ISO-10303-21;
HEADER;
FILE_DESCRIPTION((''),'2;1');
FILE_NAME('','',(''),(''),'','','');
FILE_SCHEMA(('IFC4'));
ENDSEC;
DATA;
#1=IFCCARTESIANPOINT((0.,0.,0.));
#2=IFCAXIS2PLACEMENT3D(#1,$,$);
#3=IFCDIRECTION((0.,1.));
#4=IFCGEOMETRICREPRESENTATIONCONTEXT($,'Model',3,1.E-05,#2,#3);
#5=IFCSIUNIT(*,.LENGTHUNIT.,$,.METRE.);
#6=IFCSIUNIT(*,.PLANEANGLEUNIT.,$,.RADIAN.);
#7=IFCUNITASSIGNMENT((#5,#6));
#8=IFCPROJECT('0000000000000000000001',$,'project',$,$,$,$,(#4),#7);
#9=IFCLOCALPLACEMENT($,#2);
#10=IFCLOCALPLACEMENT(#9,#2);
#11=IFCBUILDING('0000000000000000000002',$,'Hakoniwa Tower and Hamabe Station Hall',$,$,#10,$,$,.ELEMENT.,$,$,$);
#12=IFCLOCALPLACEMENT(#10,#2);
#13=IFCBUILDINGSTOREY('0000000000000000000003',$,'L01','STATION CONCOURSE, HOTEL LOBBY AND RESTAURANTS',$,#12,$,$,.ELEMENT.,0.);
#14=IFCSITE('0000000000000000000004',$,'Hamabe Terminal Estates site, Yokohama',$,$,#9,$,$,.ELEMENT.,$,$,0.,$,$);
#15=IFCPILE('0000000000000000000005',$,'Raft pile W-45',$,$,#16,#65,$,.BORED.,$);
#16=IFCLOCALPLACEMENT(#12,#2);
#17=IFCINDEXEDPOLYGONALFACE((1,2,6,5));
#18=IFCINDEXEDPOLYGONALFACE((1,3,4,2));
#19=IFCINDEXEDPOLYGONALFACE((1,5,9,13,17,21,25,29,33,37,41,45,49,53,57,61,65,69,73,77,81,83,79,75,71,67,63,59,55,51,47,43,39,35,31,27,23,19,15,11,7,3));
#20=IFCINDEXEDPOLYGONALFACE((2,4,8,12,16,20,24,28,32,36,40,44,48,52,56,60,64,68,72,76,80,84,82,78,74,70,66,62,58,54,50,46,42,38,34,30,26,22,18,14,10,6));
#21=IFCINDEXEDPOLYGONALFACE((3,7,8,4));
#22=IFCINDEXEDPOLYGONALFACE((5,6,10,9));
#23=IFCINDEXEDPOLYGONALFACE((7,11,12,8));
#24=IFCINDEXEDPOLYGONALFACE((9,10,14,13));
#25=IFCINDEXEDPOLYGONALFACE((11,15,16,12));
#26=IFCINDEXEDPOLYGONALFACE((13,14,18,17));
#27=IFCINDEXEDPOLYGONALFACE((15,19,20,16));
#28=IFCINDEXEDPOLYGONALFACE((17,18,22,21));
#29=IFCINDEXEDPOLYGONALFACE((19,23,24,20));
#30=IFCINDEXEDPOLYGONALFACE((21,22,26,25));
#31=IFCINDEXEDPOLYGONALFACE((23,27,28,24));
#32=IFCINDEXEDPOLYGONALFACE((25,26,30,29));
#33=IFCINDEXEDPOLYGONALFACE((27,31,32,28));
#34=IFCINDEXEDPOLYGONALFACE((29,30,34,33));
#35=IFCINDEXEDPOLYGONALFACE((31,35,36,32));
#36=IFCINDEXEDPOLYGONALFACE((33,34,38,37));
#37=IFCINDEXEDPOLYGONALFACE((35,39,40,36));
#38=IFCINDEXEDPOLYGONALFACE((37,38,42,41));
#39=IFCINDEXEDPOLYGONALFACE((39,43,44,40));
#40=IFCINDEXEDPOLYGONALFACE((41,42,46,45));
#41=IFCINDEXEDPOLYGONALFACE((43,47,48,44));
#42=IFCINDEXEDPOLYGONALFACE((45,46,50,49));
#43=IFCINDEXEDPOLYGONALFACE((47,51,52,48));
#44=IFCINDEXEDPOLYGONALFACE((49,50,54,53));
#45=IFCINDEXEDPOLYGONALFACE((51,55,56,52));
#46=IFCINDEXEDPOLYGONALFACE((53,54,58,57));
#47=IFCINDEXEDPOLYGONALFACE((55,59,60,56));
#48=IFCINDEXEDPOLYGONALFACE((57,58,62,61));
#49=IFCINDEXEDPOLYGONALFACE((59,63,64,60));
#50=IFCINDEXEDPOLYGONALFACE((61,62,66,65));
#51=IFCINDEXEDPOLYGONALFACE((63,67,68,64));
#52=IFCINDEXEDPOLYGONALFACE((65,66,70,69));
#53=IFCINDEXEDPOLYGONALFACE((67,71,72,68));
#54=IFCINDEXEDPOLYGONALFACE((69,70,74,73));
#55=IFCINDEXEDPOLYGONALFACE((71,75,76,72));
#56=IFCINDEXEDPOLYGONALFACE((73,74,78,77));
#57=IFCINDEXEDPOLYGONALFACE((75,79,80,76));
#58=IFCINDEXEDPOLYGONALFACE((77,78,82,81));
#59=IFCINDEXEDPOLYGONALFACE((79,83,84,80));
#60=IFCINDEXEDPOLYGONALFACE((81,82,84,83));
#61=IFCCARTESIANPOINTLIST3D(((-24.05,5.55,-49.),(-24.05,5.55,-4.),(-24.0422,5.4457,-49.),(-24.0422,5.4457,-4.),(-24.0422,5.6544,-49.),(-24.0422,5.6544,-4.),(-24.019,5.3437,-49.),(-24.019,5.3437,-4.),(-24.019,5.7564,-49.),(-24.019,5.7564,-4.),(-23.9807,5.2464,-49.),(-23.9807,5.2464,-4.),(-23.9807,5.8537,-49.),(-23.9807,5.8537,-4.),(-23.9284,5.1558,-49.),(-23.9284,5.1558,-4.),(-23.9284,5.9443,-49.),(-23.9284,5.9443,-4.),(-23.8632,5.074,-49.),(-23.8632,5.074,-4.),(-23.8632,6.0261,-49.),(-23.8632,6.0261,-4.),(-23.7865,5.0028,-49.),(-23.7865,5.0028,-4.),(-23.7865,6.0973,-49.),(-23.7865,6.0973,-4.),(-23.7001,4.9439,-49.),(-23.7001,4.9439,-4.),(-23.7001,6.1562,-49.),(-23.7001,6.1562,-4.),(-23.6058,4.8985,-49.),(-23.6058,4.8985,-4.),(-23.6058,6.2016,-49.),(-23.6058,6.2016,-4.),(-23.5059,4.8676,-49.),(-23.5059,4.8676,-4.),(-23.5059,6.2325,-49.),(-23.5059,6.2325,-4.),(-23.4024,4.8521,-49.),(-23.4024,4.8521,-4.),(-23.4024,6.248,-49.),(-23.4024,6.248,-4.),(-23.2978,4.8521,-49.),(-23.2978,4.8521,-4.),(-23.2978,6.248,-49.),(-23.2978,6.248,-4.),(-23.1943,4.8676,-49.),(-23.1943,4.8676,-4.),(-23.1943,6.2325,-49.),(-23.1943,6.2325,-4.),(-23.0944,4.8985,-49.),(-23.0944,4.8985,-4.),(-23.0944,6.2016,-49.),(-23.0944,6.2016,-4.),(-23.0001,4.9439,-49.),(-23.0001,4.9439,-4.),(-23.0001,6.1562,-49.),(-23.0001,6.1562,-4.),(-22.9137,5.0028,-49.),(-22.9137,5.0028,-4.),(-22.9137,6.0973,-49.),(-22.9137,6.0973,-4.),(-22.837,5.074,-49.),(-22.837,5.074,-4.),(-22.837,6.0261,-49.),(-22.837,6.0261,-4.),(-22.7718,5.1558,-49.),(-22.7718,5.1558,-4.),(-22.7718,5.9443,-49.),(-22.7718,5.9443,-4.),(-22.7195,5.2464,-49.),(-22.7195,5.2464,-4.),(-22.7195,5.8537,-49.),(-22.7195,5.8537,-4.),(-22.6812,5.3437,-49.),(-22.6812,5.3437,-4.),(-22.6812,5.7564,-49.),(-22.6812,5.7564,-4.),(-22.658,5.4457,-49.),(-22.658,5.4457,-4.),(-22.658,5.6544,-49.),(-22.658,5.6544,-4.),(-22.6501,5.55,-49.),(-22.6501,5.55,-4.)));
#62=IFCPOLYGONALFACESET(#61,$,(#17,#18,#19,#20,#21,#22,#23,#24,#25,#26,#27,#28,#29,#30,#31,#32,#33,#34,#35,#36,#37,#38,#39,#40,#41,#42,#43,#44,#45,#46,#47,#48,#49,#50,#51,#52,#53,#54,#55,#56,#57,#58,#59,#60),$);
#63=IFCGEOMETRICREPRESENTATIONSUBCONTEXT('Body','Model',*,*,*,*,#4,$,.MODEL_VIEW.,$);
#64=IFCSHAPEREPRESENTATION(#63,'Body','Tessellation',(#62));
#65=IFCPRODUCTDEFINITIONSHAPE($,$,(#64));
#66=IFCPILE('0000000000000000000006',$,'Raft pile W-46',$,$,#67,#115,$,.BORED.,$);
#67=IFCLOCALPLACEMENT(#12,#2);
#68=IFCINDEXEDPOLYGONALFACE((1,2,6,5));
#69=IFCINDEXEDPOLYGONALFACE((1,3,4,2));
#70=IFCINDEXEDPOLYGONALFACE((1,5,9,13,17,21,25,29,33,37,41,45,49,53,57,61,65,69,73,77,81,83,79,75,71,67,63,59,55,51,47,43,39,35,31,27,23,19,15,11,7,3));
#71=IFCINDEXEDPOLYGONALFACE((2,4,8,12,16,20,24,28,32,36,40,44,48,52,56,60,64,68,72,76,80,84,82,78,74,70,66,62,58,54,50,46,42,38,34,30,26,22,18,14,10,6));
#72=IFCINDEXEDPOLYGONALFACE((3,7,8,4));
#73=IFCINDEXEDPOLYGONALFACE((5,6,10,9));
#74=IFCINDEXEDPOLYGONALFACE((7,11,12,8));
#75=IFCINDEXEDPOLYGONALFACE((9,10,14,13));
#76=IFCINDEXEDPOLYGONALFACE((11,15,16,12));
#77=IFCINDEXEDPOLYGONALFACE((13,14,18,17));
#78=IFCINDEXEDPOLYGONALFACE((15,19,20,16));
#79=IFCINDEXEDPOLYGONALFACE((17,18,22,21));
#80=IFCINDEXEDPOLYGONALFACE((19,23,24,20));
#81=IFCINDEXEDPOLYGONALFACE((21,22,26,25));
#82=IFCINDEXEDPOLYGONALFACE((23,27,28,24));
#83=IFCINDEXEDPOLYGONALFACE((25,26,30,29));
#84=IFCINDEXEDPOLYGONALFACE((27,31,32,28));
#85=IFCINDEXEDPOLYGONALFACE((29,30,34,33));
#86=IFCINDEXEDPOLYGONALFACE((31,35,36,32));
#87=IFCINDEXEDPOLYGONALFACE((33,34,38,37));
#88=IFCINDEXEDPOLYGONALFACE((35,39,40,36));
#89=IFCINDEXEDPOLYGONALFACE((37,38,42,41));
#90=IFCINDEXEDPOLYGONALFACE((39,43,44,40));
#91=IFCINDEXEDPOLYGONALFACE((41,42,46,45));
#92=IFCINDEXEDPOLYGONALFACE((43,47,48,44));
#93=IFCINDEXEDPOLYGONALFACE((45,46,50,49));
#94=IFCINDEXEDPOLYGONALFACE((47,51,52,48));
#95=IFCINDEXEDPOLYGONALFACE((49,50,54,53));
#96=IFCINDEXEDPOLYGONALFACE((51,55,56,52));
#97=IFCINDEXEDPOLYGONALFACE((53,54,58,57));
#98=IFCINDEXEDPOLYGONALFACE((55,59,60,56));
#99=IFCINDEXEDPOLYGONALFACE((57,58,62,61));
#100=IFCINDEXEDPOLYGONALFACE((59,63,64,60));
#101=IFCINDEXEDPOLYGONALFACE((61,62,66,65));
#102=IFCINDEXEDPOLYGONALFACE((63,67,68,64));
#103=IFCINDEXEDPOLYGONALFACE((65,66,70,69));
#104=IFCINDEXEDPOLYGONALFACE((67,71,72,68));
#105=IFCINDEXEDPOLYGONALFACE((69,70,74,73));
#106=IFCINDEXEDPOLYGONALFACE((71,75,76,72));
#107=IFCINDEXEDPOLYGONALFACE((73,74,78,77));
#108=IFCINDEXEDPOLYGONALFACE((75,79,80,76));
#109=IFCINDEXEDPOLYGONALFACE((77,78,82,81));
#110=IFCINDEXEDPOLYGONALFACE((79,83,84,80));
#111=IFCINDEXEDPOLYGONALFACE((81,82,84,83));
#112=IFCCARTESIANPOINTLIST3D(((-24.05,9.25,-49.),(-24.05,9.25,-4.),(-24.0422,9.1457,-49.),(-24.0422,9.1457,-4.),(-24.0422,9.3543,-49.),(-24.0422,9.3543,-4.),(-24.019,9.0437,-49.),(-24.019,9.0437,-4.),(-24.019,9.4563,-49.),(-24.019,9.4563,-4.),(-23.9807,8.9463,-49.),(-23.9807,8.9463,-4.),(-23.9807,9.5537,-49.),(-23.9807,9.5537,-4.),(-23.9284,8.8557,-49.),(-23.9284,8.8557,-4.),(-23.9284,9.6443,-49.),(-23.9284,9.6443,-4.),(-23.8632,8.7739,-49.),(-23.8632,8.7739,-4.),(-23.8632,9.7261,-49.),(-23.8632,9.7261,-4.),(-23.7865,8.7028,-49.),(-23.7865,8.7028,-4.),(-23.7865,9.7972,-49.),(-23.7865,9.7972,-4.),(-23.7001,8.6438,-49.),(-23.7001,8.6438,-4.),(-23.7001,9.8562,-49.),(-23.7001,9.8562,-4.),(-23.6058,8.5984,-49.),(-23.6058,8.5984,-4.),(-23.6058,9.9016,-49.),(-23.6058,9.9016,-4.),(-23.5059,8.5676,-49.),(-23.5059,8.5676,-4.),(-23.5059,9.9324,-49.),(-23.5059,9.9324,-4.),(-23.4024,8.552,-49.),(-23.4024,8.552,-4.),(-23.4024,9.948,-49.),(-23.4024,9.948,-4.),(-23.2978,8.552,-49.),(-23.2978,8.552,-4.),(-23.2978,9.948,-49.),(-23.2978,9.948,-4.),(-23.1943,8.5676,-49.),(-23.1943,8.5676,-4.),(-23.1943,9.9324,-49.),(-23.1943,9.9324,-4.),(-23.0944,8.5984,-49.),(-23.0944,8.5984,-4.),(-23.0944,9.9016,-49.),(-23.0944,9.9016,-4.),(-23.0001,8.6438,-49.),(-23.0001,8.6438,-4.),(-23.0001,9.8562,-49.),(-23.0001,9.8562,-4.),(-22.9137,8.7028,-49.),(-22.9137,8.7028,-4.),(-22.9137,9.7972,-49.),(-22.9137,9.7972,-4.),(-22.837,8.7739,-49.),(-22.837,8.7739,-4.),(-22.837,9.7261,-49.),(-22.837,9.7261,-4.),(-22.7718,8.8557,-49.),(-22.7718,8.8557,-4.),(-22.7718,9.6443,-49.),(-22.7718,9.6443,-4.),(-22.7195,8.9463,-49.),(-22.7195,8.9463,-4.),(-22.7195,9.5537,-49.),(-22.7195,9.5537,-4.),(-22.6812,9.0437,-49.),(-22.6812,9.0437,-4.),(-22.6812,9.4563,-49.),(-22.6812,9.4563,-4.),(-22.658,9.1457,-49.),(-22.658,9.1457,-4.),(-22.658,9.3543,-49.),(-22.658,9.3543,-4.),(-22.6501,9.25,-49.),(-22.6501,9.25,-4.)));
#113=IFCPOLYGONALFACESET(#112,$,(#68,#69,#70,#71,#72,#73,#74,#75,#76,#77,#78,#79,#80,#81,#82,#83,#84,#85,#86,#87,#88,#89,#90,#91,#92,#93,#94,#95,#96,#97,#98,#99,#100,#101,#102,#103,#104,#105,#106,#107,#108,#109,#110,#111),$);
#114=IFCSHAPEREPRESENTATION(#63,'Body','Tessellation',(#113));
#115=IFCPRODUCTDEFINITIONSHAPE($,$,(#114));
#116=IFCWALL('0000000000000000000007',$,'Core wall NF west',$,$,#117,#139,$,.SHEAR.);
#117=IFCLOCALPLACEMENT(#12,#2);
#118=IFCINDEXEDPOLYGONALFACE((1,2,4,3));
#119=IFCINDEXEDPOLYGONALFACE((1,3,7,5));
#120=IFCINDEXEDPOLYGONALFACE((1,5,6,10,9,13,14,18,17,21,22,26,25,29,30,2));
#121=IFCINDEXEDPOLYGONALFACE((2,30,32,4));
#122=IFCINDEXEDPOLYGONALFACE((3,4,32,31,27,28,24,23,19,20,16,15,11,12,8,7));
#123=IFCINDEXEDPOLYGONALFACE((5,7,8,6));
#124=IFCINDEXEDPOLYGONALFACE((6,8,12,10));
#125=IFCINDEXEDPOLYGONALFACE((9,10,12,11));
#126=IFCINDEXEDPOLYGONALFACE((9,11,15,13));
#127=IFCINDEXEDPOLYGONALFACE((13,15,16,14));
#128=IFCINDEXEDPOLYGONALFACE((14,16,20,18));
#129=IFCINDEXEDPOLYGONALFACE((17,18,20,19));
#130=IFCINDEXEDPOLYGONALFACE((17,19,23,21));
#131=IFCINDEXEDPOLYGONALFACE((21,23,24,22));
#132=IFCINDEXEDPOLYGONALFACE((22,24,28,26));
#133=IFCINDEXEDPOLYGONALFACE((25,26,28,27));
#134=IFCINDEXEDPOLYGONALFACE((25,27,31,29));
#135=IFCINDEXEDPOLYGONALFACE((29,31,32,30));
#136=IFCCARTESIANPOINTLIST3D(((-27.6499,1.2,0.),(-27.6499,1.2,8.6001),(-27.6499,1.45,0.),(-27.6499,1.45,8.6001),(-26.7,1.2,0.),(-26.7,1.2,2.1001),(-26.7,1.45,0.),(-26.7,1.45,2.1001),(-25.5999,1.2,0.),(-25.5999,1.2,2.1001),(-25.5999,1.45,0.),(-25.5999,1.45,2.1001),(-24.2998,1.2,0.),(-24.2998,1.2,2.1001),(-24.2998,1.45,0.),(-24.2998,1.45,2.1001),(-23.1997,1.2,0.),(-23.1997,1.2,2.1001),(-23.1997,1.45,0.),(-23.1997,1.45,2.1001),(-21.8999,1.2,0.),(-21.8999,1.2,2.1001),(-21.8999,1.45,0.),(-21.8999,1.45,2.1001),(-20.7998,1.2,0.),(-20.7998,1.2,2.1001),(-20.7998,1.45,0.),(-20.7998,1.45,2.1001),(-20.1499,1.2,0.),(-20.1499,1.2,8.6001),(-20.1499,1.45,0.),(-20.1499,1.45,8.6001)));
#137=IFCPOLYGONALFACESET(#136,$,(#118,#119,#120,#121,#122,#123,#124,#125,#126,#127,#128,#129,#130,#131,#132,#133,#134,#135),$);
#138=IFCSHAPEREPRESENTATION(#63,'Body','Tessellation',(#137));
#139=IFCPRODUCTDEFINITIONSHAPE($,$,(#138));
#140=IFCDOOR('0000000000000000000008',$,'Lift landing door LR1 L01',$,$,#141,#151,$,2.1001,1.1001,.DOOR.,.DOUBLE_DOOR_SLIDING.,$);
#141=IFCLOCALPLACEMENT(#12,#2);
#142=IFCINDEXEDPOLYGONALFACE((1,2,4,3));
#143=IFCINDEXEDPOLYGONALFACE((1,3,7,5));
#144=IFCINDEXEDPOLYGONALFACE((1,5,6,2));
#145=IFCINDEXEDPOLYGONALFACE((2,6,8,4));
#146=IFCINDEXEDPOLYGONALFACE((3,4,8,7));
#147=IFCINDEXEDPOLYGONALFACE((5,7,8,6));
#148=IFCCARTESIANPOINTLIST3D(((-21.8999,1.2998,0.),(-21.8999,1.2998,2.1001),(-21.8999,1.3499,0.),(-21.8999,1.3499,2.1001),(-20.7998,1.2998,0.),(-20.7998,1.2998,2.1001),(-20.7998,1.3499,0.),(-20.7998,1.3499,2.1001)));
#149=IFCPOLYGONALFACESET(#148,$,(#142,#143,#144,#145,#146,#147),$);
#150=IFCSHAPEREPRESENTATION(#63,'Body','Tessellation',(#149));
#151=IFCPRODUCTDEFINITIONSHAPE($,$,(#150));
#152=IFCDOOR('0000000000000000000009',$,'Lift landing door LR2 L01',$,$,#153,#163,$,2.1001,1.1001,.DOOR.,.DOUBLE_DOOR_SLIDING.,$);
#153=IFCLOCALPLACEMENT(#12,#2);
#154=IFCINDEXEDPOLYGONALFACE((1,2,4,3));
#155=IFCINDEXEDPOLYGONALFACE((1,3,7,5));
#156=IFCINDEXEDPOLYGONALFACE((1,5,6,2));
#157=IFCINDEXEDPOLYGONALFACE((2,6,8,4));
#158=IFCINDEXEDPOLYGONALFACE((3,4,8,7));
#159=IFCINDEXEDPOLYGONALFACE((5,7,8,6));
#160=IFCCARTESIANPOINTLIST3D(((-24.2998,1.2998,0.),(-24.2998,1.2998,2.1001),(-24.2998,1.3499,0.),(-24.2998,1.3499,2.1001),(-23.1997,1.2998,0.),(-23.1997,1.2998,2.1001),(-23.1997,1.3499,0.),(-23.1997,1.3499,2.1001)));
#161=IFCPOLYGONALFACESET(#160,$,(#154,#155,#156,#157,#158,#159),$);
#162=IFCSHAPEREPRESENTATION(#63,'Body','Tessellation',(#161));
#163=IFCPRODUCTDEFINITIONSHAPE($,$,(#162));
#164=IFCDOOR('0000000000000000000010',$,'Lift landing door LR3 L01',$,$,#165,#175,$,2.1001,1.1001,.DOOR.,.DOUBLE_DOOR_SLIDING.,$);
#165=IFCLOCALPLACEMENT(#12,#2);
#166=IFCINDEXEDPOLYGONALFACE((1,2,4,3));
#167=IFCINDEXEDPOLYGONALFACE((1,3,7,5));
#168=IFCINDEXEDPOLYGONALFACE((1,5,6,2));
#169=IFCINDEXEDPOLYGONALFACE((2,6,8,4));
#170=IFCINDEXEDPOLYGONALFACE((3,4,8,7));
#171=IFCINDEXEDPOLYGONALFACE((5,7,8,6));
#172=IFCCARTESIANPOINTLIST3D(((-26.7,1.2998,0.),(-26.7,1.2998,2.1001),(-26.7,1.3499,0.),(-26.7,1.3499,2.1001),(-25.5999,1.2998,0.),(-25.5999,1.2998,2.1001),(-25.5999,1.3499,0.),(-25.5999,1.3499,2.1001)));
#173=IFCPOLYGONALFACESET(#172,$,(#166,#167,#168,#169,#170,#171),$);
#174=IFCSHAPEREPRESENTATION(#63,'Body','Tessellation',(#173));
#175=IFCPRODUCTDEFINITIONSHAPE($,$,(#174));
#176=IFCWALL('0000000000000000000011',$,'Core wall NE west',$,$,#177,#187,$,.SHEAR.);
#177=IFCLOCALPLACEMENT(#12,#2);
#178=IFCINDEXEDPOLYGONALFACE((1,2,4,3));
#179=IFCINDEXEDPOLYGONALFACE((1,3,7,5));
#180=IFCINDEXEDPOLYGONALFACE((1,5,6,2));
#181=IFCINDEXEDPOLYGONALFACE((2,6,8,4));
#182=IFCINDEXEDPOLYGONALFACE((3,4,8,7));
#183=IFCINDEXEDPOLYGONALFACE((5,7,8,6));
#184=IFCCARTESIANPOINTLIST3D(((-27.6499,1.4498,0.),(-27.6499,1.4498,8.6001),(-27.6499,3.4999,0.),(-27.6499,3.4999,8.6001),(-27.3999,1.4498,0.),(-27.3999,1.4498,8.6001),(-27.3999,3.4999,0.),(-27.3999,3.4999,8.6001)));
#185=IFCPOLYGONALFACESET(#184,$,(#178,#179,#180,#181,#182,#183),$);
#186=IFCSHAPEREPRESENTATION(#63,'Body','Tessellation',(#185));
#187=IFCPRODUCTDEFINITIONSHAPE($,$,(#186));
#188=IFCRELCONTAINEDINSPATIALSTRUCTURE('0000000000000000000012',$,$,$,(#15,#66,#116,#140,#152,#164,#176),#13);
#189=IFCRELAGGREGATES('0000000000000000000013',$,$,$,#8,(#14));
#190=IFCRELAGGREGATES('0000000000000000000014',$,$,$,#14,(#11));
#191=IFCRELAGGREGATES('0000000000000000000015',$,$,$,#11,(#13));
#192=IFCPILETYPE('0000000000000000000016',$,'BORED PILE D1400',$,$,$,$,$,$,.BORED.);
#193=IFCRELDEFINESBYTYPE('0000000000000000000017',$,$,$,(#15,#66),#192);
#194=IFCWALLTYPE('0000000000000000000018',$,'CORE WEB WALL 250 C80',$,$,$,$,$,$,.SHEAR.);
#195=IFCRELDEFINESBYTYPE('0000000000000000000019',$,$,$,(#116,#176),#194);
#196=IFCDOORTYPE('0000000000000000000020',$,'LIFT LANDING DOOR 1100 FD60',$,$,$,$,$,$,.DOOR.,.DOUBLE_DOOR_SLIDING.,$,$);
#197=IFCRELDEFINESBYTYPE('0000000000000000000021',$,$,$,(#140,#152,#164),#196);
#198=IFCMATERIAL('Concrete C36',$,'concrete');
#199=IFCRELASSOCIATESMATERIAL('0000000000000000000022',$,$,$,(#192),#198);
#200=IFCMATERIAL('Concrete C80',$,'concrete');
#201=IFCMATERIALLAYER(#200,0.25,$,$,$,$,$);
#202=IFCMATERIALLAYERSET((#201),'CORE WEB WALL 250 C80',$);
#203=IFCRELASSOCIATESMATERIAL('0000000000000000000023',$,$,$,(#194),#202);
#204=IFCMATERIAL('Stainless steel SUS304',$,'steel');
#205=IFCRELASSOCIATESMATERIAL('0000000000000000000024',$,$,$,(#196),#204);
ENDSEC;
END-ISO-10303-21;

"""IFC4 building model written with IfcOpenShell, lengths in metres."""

from ifc_helpers import new_model, si_unit, direction, frame, frame_2d, origin, origin_2d, place, context, subcontext, project, spatial, rectangle, circle, extrude, material, layer, layer_set, material_profile, profile_set, type_object, element, fill, save


model = new_model("IFC4")

# Units and contexts
model_context = context("Model", 3, precision=1e-05, world=origin(), true_north=direction((0.0, 1.0)))
body_context = subcontext(model_context, "Body", "Model", "MODEL_VIEW")
ifc_project = project(units=[si_unit("LENGTHUNIT", "METRE"), si_unit("PLANEANGLEUNIT", "RADIAN")], contexts=[model_context])

# Site, building, storey
site_placement = place(None, origin())
site = spatial("IfcSite", under=ifc_project, at=site_placement, Name="Hamabe Terminal Estates site, Yokohama", CompositionType="ELEMENT", RefElevation=0.0)
building_placement = place(site_placement, origin())
building = spatial("IfcBuilding", under=site, at=building_placement, Name="Hakoniwa Tower and Hamabe Station Hall", CompositionType="ELEMENT")
storey_placement = place(building_placement, origin())
storey = spatial("IfcBuildingStorey", under=building, at=storey_placement, Name="L01", Description="STATION CONCOURSE, HOTEL LOBBY AND RESTAURANTS", CompositionType="ELEMENT", Elevation=0.0)

# Piles
ifc_material_1 = material(Name="Concrete C36", Category="concrete")
ifc_material_profile = material_profile(ifc_material_1, circle(Radius=0.7, at=origin_2d()), Name="BORED PILE D1400")
ifc_profile_set = profile_set([ifc_material_profile], Name="Concrete C36")
pile_type = type_object("IfcPileType", Name="BORED PILE D1400", PredefinedType="BORED", material=ifc_profile_set)
for number, where, z_axis, x_axis, name in (
    (1, (-23.3501, 5.55, -4.0), (0.0, 0.0, -1.0), (1.0, 0.0, 0.0), "Raft pile W-45"),
    (2, (-23.3501, 9.25, -4.0), (0.0, 0.0, -1.0), (1.0, 0.0, 0.0), "Raft pile W-46"),
):
    element("IfcPile", number, at=place(storey_placement, frame(where, z_axis=z_axis, x_axis=x_axis)), inside=storey, type_object=pile_type, Name=name, PredefinedType="BORED", context=body_context, shape_type="SweptSolid", body=[
        extrude(circle(Radius=0.7, at=origin_2d()), origin(), (0.0, 0.0, 1.0), 45.0),
    ])

# Wall, openings, doors
ifc_material_2 = material(Name="Concrete C80", Category="concrete")
ifc_layer_1 = layer(ifc_material_2, 0.25)
ifc_layer_set_1 = layer_set([ifc_layer_1], Name="CORE WEB WALL 250 C80")
wall_type_1 = type_object("IfcWallType", Name="CORE WEB WALL 250 C80", PredefinedType="SHEAR", material=ifc_layer_set_1)
wall_1_placement = place(storey_placement, frame((-27.6499, 1.325, 0.0), z_axis=(0.0, 0.0, 1.0), x_axis=(1.0, 0.0, 0.0)))
wall_1 = element("IfcWall", 3, at=wall_1_placement, inside=storey, type_object=wall_type_1, Name="Core wall NF west", PredefinedType="SHEAR", context=body_context, shape_type="SweptSolid", body=[
    extrude(rectangle(XDim=7.5, YDim=0.25, at=frame_2d((3.75, 0.0))), origin(), (0.0, 0.0, 1.0), 8.6001),
])
opening_1_placement = place(wall_1_placement, frame((5.75, 0.0, 0.0)))
opening_1 = element("IfcOpeningElement", 4, at=opening_1_placement, cuts=wall_1, PredefinedType="OPENING", context=body_context, shape_type="SweptSolid", body=[
    extrude(rectangle(XDim=1.1001, YDim=2.1001, at=frame_2d((0.55, 1.05))), frame((0.0, 0.135, 0.0), z_axis=(0.0, -1.0, 0.0), x_axis=(1.0, 0.0, 0.0)), (0.0, 0.0, 1.0), 0.27),
])
opening_2_placement = place(wall_1_placement, frame((3.3501, 0.0, 0.0)))
opening_2 = element("IfcOpeningElement", 5, at=opening_2_placement, cuts=wall_1, PredefinedType="OPENING", context=body_context, shape_type="SweptSolid", body=[
    extrude(rectangle(XDim=1.1001, YDim=2.1001, at=frame_2d((0.55, 1.05))), frame((0.0, 0.135, 0.0), z_axis=(0.0, -1.0, 0.0), x_axis=(1.0, 0.0, 0.0)), (0.0, 0.0, 1.0), 0.27),
])
opening_3_placement = place(wall_1_placement, frame((0.95, 0.0, 0.0)))
opening_3 = element("IfcOpeningElement", 6, at=opening_3_placement, cuts=wall_1, PredefinedType="OPENING", context=body_context, shape_type="SweptSolid", body=[
    extrude(rectangle(XDim=1.1001, YDim=2.1001, at=frame_2d((0.55, 1.05))), frame((0.0, 0.135, 0.0), z_axis=(0.0, -1.0, 0.0), x_axis=(1.0, 0.0, 0.0)), (0.0, 0.0, 1.0), 0.27),
])
ifc_material_3 = material(Name="Stainless steel SUS304", Category="steel")
door_type_1 = type_object("IfcDoorType", Name="LIFT LANDING DOOR 1100 FD60", OperationType="DOUBLE_DOOR_SLIDING", PredefinedType="DOOR", material=ifc_material_3)
door_1_placement = place(opening_1_placement, origin())
door_1 = element("IfcDoor", 7, at=door_1_placement, inside=storey, type_object=door_type_1, Name="Lift landing door LR1 L01", OperationType="DOUBLE_DOOR_SLIDING", OverallHeight=2.1001, OverallWidth=1.1001, PredefinedType="DOOR", context=body_context, shape_type="SweptSolid", body=[
    extrude(rectangle(XDim=1.1001, YDim=2.1001, at=frame_2d((0.55, 1.05))), frame((0.0, 0.0249, 0.0), z_axis=(0.0, -1.0, 0.0), x_axis=(1.0, 0.0, 0.0)), (0.0, 0.0, 1.0), 0.05),
])
fill(opening_1, door_1)
door_2_placement = place(opening_2_placement, origin())
door_2 = element("IfcDoor", 8, at=door_2_placement, inside=storey, type_object=door_type_1, Name="Lift landing door LR2 L01", OperationType="DOUBLE_DOOR_SLIDING", OverallHeight=2.1001, OverallWidth=1.1001, PredefinedType="DOOR", context=body_context, shape_type="SweptSolid", body=[
    extrude(rectangle(XDim=1.1001, YDim=2.1001, at=frame_2d((0.55, 1.05))), frame((0.0, 0.0249, 0.0), z_axis=(0.0, -1.0, 0.0), x_axis=(1.0, 0.0, 0.0)), (0.0, 0.0, 1.0), 0.05),
])
fill(opening_2, door_2)
door_3_placement = place(opening_3_placement, origin())
door_3 = element("IfcDoor", 9, at=door_3_placement, inside=storey, type_object=door_type_1, Name="Lift landing door LR3 L01", OperationType="DOUBLE_DOOR_SLIDING", OverallHeight=2.1001, OverallWidth=1.1001, PredefinedType="DOOR", context=body_context, shape_type="SweptSolid", body=[
    extrude(rectangle(XDim=1.1001, YDim=2.1001, at=frame_2d((0.55, 1.05))), frame((0.0, 0.0249, 0.0), z_axis=(0.0, -1.0, 0.0), x_axis=(1.0, 0.0, 0.0)), (0.0, 0.0, 1.0), 0.05),
])
fill(opening_3, door_3)

# Wall
wall_2_placement = place(storey_placement, frame((-27.5249, 1.45, 0.0), z_axis=(0.0, 0.0, 1.0), x_axis=(0.0, 1.0, 0.0)))
element("IfcWall", 10, at=wall_2_placement, inside=storey, type_object=wall_type_1, Name="Core wall NE west", PredefinedType="SHEAR", context=body_context, shape_type="SweptSolid", body=[
    extrude(rectangle(XDim=2.05, YDim=0.25, at=frame_2d((1.0249, 0.0))), origin(), (0.0, 0.0, 1.0), 8.6001),
])

save(model, "model.ifc")
